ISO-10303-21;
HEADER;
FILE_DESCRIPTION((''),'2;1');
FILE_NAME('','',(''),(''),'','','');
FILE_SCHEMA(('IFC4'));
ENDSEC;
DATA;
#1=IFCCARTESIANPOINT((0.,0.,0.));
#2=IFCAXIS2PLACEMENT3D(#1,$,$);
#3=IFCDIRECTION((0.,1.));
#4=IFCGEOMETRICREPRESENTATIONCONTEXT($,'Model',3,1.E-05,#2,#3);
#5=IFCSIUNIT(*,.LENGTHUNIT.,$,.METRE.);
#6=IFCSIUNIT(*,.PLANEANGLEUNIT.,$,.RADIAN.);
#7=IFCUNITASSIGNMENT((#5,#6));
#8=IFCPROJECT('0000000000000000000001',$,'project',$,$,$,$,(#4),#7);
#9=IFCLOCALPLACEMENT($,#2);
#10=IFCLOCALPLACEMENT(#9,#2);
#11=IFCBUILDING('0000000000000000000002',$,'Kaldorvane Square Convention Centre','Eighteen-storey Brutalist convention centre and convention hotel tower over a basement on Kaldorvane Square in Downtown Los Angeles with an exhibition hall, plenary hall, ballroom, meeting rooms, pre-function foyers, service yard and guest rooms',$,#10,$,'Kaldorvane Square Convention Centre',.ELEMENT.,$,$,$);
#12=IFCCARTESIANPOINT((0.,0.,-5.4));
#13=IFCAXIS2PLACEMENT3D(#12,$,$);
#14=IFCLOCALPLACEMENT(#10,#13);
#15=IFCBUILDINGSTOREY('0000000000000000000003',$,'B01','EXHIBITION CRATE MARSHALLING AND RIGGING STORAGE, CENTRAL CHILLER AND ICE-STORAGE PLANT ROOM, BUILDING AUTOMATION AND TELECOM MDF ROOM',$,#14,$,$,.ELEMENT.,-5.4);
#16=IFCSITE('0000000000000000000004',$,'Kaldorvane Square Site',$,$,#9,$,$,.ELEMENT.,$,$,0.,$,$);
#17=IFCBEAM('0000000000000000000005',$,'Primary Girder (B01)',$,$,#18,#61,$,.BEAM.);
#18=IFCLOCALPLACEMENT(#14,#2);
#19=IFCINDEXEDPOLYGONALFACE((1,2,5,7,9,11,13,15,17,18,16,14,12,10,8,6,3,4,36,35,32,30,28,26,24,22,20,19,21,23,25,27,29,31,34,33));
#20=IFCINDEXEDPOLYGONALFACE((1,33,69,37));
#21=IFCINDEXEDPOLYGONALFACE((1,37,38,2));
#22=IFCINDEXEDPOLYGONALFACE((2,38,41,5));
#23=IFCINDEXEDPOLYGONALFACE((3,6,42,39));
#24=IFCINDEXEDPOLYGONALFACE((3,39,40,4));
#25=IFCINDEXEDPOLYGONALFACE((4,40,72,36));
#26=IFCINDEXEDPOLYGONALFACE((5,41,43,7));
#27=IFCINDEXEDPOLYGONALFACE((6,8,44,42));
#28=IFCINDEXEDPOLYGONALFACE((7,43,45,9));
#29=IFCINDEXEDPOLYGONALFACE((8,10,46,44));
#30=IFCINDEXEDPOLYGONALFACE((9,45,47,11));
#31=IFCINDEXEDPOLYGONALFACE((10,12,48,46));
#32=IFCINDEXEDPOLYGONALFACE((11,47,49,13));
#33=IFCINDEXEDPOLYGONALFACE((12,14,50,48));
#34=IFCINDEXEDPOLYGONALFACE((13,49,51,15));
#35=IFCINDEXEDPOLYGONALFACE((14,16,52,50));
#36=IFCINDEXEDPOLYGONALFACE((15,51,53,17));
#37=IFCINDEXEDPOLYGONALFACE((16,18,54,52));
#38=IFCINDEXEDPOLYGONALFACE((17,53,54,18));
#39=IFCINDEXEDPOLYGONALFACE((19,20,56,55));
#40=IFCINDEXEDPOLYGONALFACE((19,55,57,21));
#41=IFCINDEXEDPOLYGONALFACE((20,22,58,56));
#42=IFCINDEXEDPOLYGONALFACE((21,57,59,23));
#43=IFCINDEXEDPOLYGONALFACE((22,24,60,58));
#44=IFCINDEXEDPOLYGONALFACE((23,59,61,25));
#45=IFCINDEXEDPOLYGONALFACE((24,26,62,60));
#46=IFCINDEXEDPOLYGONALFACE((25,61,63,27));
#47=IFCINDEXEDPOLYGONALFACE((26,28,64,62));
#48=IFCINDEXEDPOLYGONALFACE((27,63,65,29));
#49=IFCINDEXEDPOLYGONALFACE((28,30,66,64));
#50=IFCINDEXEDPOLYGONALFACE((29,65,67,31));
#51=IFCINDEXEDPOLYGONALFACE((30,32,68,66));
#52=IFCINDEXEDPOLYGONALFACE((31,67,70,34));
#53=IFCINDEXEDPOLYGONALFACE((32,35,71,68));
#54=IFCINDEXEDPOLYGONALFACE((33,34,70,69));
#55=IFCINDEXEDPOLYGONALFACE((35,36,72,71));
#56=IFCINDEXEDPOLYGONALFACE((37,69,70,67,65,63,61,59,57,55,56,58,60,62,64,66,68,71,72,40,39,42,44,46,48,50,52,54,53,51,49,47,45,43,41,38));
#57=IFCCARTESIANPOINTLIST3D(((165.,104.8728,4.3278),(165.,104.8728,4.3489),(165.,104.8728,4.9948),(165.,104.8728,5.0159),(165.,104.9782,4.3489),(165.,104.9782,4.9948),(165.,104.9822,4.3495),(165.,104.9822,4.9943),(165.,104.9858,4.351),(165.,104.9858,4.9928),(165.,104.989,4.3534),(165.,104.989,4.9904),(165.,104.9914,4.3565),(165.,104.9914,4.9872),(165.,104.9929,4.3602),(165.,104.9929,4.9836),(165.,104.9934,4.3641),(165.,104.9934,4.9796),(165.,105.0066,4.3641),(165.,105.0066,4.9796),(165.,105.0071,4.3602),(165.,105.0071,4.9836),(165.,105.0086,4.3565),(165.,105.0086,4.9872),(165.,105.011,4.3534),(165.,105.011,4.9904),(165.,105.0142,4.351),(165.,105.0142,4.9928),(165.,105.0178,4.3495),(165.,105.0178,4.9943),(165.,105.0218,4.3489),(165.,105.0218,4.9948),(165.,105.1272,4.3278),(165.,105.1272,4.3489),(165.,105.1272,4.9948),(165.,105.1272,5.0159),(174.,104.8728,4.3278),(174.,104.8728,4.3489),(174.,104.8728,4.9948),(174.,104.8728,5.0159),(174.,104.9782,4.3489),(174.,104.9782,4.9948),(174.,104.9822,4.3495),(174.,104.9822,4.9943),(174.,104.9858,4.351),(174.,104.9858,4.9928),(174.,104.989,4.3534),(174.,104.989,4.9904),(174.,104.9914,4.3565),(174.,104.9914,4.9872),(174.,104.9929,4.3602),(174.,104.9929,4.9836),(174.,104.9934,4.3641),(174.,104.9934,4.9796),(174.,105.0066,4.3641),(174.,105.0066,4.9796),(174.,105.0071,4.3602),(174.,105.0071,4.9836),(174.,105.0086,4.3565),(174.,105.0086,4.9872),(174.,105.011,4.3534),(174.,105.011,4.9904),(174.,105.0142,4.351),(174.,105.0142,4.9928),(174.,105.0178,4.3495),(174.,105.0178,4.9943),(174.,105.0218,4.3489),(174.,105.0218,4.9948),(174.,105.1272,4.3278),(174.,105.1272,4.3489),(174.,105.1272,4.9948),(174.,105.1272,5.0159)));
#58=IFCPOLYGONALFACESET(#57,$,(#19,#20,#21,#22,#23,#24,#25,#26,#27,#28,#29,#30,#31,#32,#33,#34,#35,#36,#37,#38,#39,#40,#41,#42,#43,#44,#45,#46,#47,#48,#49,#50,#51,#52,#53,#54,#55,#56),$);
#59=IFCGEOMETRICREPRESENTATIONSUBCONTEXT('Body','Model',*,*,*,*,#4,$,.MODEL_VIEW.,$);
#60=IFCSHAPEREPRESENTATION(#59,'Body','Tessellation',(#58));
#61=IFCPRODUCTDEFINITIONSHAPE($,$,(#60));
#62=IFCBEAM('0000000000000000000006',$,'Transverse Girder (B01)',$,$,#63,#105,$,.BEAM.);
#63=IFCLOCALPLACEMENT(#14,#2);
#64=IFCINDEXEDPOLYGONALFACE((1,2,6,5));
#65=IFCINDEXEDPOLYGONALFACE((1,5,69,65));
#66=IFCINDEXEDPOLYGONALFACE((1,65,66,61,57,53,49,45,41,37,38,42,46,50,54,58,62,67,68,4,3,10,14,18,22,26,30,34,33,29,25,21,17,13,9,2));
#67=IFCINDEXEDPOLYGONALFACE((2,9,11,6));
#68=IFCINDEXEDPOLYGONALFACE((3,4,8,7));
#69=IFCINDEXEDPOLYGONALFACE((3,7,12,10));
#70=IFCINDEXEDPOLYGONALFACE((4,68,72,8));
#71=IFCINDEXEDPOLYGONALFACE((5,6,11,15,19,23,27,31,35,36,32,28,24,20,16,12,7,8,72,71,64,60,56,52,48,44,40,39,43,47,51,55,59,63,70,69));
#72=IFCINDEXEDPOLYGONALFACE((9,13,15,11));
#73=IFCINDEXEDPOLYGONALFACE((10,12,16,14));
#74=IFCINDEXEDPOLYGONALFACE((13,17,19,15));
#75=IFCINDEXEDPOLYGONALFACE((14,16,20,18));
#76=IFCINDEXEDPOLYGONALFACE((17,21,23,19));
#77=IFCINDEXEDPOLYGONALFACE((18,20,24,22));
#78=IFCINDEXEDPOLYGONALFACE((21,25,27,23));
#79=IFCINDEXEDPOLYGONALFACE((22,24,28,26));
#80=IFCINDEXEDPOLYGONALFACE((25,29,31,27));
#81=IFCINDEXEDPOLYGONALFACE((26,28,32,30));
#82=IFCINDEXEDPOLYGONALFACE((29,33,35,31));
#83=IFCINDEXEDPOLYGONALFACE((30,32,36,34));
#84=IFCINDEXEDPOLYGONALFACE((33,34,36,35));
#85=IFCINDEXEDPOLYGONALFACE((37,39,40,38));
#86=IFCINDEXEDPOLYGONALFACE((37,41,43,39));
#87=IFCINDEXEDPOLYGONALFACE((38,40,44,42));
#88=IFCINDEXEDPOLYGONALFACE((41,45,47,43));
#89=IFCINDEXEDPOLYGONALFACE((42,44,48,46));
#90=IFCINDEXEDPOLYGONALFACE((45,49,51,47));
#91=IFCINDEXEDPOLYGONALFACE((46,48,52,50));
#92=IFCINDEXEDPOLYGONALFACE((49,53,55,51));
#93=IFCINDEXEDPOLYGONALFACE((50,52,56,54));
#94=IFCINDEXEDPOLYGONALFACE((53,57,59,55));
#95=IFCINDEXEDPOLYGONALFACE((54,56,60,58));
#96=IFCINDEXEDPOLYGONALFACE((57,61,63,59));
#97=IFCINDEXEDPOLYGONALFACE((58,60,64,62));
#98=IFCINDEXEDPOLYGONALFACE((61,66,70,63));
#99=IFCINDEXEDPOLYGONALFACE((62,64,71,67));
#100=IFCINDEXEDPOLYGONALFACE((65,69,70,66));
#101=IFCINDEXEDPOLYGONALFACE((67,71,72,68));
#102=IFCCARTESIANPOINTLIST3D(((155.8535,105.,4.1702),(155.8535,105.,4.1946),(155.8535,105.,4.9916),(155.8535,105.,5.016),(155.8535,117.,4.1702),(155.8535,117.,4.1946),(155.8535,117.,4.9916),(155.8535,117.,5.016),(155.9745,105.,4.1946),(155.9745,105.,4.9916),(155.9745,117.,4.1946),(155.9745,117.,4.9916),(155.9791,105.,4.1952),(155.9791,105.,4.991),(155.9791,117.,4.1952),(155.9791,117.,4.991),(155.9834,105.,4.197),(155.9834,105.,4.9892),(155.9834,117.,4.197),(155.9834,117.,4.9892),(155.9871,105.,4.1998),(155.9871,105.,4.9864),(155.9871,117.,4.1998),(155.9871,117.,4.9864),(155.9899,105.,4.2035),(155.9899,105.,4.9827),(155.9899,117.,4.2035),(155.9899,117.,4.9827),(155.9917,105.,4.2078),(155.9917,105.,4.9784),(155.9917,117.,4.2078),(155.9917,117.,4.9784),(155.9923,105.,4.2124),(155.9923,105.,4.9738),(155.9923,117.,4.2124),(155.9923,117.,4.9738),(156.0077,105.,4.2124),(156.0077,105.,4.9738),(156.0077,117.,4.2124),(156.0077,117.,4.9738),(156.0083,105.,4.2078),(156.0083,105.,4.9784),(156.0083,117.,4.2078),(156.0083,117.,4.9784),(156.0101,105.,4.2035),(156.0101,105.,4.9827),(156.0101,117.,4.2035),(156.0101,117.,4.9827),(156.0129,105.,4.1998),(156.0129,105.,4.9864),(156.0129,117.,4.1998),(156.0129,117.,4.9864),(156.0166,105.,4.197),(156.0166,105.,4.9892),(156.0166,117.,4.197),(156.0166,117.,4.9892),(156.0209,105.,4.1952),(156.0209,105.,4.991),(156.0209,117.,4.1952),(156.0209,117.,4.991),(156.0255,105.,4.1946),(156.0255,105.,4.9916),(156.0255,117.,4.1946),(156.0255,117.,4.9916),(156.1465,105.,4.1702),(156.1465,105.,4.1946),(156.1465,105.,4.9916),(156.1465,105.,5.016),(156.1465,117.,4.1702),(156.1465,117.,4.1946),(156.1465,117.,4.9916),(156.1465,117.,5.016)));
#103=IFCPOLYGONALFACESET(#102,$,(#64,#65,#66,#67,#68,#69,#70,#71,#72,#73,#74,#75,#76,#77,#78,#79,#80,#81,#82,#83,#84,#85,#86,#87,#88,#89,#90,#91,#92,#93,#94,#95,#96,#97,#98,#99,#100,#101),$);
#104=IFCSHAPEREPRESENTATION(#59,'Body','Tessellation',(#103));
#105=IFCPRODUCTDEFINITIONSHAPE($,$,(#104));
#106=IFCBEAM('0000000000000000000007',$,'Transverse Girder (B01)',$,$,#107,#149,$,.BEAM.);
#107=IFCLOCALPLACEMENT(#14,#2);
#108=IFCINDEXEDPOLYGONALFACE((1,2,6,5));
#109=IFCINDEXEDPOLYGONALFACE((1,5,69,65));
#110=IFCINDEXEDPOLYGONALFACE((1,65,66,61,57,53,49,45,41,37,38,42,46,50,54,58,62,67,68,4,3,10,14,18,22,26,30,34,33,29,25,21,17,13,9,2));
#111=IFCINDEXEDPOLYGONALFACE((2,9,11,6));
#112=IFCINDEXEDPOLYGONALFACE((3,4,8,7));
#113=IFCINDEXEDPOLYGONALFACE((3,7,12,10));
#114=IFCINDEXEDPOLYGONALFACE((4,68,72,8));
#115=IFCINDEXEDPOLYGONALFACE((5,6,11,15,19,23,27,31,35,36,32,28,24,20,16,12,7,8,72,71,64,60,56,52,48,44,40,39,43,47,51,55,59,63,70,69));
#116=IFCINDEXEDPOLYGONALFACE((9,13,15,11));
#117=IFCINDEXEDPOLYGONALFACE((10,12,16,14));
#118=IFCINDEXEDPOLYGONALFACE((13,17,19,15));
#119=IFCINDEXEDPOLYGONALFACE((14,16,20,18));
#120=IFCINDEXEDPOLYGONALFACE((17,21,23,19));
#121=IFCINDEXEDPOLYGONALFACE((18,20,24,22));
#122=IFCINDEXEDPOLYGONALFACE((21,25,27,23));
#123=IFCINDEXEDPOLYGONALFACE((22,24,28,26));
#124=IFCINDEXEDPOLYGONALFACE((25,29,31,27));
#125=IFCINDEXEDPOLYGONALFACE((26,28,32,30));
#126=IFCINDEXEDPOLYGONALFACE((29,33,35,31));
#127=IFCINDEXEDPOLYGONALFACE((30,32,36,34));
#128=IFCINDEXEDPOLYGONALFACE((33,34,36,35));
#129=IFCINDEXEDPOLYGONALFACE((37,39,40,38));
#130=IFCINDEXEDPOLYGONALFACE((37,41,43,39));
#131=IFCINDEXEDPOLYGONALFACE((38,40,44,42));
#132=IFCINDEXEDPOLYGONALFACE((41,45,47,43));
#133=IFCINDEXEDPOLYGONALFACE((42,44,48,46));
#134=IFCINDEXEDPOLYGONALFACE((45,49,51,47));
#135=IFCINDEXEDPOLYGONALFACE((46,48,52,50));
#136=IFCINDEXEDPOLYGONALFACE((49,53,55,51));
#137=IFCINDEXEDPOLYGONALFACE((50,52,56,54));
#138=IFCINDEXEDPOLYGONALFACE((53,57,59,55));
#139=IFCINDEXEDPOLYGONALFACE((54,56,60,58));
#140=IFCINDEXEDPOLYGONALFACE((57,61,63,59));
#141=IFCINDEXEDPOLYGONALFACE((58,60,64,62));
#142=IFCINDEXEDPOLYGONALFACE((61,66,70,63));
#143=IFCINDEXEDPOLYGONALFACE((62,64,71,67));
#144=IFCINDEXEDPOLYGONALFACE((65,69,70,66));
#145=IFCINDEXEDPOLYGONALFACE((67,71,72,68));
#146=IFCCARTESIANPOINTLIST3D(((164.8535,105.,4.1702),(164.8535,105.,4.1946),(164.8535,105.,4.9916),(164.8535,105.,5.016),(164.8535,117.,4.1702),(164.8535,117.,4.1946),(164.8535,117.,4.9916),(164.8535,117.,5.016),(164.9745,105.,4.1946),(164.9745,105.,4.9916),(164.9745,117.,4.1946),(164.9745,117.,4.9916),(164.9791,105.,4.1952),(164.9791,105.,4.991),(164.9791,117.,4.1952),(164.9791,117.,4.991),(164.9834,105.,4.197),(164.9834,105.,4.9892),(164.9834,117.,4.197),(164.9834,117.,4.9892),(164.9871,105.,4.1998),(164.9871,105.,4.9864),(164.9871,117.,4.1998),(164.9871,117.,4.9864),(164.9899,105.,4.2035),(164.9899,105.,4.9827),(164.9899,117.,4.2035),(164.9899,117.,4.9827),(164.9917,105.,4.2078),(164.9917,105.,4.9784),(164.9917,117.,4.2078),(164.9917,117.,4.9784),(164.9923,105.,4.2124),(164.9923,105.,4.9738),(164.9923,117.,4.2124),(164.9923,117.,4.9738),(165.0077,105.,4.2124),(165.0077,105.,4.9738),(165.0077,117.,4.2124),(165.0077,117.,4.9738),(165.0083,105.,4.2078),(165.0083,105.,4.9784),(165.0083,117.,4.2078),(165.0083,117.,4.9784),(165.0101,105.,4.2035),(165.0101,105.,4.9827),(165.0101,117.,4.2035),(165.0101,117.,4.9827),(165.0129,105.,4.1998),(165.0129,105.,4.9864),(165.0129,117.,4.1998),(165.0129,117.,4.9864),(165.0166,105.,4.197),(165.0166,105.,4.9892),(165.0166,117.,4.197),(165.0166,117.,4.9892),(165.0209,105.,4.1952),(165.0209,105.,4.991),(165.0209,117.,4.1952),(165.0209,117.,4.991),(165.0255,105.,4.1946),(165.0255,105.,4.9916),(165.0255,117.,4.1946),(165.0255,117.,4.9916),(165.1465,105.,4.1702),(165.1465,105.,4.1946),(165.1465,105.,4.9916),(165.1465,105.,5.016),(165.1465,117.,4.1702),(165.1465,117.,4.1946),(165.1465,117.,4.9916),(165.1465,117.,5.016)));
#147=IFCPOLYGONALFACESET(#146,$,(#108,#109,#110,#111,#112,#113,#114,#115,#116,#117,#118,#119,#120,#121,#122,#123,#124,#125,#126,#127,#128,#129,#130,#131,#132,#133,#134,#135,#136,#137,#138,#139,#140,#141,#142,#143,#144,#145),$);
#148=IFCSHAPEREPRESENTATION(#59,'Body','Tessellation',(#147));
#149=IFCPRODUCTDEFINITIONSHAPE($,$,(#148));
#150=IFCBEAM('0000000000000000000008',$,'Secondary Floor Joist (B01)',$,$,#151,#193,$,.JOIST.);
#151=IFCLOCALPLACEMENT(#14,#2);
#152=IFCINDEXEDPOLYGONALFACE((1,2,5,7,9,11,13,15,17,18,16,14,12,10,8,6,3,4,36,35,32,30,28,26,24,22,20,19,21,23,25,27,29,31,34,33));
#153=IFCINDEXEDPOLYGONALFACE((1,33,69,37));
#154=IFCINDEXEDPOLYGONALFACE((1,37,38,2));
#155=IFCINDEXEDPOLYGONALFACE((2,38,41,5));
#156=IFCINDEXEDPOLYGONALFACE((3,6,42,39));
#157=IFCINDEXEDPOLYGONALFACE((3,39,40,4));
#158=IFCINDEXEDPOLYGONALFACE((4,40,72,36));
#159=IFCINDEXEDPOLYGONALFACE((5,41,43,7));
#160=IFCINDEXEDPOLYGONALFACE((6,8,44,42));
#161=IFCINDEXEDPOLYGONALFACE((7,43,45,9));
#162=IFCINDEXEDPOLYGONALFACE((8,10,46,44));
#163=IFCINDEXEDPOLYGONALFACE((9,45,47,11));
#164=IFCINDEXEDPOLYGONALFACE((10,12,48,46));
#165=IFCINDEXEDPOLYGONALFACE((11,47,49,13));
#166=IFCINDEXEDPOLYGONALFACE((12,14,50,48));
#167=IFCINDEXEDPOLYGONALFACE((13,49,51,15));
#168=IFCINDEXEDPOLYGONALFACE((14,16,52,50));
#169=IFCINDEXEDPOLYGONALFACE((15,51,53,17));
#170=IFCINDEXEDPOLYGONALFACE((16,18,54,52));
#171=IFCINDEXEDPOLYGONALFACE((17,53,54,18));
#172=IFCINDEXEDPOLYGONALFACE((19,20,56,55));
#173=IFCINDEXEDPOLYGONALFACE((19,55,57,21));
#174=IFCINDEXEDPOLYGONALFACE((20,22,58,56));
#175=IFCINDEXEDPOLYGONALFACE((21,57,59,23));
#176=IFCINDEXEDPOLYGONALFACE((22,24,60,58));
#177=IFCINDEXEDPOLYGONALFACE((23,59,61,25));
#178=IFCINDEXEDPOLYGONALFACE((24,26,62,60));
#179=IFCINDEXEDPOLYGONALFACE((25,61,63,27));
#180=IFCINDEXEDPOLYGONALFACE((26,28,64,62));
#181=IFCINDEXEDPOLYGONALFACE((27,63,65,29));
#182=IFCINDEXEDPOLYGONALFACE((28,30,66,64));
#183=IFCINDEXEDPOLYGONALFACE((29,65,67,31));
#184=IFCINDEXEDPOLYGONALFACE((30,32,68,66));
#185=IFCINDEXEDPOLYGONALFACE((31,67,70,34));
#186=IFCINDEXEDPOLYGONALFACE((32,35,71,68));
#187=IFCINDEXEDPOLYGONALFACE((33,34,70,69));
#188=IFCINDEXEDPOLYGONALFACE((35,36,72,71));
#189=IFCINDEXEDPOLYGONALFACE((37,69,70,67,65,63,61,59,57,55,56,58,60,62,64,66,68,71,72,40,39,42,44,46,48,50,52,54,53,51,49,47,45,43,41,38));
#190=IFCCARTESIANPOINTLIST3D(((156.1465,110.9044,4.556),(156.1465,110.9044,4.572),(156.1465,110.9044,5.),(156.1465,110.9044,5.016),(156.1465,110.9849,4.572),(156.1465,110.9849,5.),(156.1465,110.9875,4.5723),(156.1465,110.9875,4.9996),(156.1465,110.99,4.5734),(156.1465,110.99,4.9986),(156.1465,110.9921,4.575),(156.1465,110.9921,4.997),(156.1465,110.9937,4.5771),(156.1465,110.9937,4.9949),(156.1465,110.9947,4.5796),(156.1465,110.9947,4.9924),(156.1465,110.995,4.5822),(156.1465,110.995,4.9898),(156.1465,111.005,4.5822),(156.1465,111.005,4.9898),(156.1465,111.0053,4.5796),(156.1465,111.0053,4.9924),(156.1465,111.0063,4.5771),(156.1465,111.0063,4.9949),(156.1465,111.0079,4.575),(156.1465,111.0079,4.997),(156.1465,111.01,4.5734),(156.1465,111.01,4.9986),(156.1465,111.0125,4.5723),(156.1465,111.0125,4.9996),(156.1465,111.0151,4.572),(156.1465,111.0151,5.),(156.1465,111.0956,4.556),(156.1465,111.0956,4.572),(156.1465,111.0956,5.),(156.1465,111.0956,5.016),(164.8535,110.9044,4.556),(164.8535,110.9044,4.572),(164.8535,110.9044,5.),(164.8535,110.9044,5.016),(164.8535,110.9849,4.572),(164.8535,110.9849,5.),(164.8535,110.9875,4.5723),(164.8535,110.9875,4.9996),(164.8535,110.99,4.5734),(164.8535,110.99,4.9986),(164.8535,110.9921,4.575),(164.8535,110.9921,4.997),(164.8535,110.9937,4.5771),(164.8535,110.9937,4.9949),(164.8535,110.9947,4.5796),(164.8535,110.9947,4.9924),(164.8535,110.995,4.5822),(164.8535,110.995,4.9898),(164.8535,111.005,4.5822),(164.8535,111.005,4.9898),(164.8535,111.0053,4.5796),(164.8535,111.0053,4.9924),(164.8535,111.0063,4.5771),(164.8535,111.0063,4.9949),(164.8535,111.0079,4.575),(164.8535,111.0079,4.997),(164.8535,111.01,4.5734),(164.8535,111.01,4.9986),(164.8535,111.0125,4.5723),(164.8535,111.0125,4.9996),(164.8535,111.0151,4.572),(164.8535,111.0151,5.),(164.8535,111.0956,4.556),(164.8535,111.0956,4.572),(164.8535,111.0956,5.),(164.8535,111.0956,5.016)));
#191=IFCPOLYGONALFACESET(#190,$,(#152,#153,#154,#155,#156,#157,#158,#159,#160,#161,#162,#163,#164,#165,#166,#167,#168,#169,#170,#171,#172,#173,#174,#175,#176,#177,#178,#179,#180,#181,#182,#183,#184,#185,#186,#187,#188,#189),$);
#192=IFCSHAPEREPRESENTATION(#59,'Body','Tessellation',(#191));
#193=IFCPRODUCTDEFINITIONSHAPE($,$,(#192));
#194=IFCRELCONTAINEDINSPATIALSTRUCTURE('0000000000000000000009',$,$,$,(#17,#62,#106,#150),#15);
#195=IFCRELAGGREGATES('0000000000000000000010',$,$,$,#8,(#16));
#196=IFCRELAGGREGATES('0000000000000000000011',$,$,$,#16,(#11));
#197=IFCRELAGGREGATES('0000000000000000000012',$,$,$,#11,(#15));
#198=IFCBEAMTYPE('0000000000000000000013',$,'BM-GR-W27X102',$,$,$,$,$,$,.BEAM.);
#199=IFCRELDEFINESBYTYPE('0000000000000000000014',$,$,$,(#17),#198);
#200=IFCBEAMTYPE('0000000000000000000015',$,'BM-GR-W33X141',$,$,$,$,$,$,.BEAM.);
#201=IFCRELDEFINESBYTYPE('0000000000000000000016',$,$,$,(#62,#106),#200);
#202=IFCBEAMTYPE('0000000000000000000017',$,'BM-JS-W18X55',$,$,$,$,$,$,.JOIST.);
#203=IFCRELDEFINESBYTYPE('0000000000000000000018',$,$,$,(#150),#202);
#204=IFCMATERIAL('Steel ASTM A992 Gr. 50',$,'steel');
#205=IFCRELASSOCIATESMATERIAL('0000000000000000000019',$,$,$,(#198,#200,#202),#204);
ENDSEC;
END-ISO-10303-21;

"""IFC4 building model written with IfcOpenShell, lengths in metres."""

from ifc_helpers import new_model, si_unit, direction, frame, origin, origin_2d, place, context, subcontext, project, spatial, i_section, extrude, material, material_profile, profile_set, type_object, element, save


model = new_model("IFC4")

# Units and contexts
model_context = context("Model", 3, precision=1e-05, world=origin(), true_north=direction((0.0, 1.0)))
body_context = subcontext(model_context, "Body", "Model", "MODEL_VIEW")
ifc_project = project(units=[si_unit("LENGTHUNIT", "METRE"), si_unit("PLANEANGLEUNIT", "RADIAN")], contexts=[model_context])

# Site, building, storey
site_placement = place(None, origin())
site = spatial("IfcSite", under=ifc_project, at=site_placement, Name="Kaldorvane Square Site", CompositionType="ELEMENT", RefElevation=0.0)
building_placement = place(site_placement, origin())
building = spatial("IfcBuilding", under=site, at=building_placement, Name="Kaldorvane Square Convention Centre", Description="Eighteen-storey Brutalist convention centre and convention hotel tower over a basement on Kaldorvane Square in Downtown Los Angeles with an exhibition hall, plenary hall, ballroom, meeting rooms, pre-function foyers, service yard and guest rooms", LongName="Kaldorvane Square Convention Centre", CompositionType="ELEMENT")
storey_placement = place(building_placement, frame((0.0, 0.0, -5.4)))
storey = spatial("IfcBuildingStorey", under=building, at=storey_placement, Name="B01", Description="EXHIBITION CRATE MARSHALLING AND RIGGING STORAGE, CENTRAL CHILLER AND ICE-STORAGE PLANT ROOM, BUILDING AUTOMATION AND TELECOM MDF ROOM", CompositionType="ELEMENT", Elevation=-5.4)

# Shared definitions
ifc_material_1 = material(Name="Steel ASTM A992 Gr. 50", Category="steel")

# Beams
ifc_material_profile_1 = material_profile(ifc_material_1, i_section(OverallWidth=0.2544, OverallDepth=0.6881, WebThickness=0.0131, FlangeThickness=0.0211, FilletRadius=0.0152, at=origin_2d()), Name="W27X102")
ifc_profile_set_1 = profile_set([ifc_material_profile_1], Name="Steel ASTM A992 Gr. 50")
beam_type_1 = type_object("IfcBeamType", Name="BM-GR-W27X102", PredefinedType="BEAM", material=ifc_profile_set_1)
for number, where, z_axis, x_axis, name in (
    (1, (165.0, 105.0, 4.6719), (1.0, 0.0, 0.0), (0.0, 1.0, 0.0), "Primary Girder (B01)"),
):
    element("IfcBeam", number, at=place(storey_placement, frame(where, z_axis=z_axis, x_axis=x_axis)), inside=storey, type_object=beam_type_1, Name=name, PredefinedType="BEAM", context=body_context, shape_type="SweptSolid", body=[
        extrude(i_section(OverallWidth=0.2544, OverallDepth=0.6881, WebThickness=0.0131, FlangeThickness=0.0211, FilletRadius=0.0152, at=origin_2d()), origin(), (0.0, 0.0, 1.0), 9.0),
    ])
ifc_material_profile_2 = material_profile(ifc_material_1, i_section(OverallWidth=0.293, OverallDepth=0.8458, WebThickness=0.0154, FlangeThickness=0.0244, FilletRadius=0.0178, at=origin_2d()), Name="W33X141")
ifc_profile_set_2 = profile_set([ifc_material_profile_2], Name="Steel ASTM A992 Gr. 50")
beam_type_2 = type_object("IfcBeamType", Name="BM-GR-W33X141", PredefinedType="BEAM", material=ifc_profile_set_2)
for number, where, z_axis, x_axis, name in (
    (2, (156.0, 105.0, 4.5931), (0.0, 1.0, 0.0), (-1.0, 0.0, 0.0), "Transverse Girder (B01)"),
    (3, (165.0, 105.0, 4.5931), (0.0, 1.0, 0.0), (-1.0, 0.0, 0.0), "Transverse Girder (B01)"),
):
    element("IfcBeam", number, at=place(storey_placement, frame(where, z_axis=z_axis, x_axis=x_axis)), inside=storey, type_object=beam_type_2, Name=name, PredefinedType="BEAM", context=body_context, shape_type="SweptSolid", body=[
        extrude(i_section(OverallWidth=0.293, OverallDepth=0.8458, WebThickness=0.0154, FlangeThickness=0.0244, FilletRadius=0.0178, at=origin_2d()), origin(), (0.0, 0.0, 1.0), 12.0),
    ])
ifc_material_profile_3 = material_profile(ifc_material_1, i_section(OverallWidth=0.1913, OverallDepth=0.46, WebThickness=0.0099, FlangeThickness=0.016, FilletRadius=0.0102, at=origin_2d()), Name="W18X55")
ifc_profile_set_3 = profile_set([ifc_material_profile_3], Name="Steel ASTM A992 Gr. 50")
beam_type_3 = type_object("IfcBeamType", Name="BM-JS-W18X55", PredefinedType="JOIST", material=ifc_profile_set_3)
beam_1_placement = place(storey_placement, frame((156.1465, 111.0, 4.786), z_axis=(1.0, 0.0, 0.0), x_axis=(0.0, 1.0, 0.0)))
element("IfcBeam", 4, at=beam_1_placement, inside=storey, type_object=beam_type_3, Name="Secondary Floor Joist (B01)", PredefinedType="JOIST", context=body_context, shape_type="SweptSolid", body=[
    extrude(i_section(OverallWidth=0.1913, OverallDepth=0.46, WebThickness=0.0099, FlangeThickness=0.016, FilletRadius=0.0102, at=origin_2d()), origin(), (0.0, 0.0, 1.0), 8.707),
])

save(model, "model.ifc")
